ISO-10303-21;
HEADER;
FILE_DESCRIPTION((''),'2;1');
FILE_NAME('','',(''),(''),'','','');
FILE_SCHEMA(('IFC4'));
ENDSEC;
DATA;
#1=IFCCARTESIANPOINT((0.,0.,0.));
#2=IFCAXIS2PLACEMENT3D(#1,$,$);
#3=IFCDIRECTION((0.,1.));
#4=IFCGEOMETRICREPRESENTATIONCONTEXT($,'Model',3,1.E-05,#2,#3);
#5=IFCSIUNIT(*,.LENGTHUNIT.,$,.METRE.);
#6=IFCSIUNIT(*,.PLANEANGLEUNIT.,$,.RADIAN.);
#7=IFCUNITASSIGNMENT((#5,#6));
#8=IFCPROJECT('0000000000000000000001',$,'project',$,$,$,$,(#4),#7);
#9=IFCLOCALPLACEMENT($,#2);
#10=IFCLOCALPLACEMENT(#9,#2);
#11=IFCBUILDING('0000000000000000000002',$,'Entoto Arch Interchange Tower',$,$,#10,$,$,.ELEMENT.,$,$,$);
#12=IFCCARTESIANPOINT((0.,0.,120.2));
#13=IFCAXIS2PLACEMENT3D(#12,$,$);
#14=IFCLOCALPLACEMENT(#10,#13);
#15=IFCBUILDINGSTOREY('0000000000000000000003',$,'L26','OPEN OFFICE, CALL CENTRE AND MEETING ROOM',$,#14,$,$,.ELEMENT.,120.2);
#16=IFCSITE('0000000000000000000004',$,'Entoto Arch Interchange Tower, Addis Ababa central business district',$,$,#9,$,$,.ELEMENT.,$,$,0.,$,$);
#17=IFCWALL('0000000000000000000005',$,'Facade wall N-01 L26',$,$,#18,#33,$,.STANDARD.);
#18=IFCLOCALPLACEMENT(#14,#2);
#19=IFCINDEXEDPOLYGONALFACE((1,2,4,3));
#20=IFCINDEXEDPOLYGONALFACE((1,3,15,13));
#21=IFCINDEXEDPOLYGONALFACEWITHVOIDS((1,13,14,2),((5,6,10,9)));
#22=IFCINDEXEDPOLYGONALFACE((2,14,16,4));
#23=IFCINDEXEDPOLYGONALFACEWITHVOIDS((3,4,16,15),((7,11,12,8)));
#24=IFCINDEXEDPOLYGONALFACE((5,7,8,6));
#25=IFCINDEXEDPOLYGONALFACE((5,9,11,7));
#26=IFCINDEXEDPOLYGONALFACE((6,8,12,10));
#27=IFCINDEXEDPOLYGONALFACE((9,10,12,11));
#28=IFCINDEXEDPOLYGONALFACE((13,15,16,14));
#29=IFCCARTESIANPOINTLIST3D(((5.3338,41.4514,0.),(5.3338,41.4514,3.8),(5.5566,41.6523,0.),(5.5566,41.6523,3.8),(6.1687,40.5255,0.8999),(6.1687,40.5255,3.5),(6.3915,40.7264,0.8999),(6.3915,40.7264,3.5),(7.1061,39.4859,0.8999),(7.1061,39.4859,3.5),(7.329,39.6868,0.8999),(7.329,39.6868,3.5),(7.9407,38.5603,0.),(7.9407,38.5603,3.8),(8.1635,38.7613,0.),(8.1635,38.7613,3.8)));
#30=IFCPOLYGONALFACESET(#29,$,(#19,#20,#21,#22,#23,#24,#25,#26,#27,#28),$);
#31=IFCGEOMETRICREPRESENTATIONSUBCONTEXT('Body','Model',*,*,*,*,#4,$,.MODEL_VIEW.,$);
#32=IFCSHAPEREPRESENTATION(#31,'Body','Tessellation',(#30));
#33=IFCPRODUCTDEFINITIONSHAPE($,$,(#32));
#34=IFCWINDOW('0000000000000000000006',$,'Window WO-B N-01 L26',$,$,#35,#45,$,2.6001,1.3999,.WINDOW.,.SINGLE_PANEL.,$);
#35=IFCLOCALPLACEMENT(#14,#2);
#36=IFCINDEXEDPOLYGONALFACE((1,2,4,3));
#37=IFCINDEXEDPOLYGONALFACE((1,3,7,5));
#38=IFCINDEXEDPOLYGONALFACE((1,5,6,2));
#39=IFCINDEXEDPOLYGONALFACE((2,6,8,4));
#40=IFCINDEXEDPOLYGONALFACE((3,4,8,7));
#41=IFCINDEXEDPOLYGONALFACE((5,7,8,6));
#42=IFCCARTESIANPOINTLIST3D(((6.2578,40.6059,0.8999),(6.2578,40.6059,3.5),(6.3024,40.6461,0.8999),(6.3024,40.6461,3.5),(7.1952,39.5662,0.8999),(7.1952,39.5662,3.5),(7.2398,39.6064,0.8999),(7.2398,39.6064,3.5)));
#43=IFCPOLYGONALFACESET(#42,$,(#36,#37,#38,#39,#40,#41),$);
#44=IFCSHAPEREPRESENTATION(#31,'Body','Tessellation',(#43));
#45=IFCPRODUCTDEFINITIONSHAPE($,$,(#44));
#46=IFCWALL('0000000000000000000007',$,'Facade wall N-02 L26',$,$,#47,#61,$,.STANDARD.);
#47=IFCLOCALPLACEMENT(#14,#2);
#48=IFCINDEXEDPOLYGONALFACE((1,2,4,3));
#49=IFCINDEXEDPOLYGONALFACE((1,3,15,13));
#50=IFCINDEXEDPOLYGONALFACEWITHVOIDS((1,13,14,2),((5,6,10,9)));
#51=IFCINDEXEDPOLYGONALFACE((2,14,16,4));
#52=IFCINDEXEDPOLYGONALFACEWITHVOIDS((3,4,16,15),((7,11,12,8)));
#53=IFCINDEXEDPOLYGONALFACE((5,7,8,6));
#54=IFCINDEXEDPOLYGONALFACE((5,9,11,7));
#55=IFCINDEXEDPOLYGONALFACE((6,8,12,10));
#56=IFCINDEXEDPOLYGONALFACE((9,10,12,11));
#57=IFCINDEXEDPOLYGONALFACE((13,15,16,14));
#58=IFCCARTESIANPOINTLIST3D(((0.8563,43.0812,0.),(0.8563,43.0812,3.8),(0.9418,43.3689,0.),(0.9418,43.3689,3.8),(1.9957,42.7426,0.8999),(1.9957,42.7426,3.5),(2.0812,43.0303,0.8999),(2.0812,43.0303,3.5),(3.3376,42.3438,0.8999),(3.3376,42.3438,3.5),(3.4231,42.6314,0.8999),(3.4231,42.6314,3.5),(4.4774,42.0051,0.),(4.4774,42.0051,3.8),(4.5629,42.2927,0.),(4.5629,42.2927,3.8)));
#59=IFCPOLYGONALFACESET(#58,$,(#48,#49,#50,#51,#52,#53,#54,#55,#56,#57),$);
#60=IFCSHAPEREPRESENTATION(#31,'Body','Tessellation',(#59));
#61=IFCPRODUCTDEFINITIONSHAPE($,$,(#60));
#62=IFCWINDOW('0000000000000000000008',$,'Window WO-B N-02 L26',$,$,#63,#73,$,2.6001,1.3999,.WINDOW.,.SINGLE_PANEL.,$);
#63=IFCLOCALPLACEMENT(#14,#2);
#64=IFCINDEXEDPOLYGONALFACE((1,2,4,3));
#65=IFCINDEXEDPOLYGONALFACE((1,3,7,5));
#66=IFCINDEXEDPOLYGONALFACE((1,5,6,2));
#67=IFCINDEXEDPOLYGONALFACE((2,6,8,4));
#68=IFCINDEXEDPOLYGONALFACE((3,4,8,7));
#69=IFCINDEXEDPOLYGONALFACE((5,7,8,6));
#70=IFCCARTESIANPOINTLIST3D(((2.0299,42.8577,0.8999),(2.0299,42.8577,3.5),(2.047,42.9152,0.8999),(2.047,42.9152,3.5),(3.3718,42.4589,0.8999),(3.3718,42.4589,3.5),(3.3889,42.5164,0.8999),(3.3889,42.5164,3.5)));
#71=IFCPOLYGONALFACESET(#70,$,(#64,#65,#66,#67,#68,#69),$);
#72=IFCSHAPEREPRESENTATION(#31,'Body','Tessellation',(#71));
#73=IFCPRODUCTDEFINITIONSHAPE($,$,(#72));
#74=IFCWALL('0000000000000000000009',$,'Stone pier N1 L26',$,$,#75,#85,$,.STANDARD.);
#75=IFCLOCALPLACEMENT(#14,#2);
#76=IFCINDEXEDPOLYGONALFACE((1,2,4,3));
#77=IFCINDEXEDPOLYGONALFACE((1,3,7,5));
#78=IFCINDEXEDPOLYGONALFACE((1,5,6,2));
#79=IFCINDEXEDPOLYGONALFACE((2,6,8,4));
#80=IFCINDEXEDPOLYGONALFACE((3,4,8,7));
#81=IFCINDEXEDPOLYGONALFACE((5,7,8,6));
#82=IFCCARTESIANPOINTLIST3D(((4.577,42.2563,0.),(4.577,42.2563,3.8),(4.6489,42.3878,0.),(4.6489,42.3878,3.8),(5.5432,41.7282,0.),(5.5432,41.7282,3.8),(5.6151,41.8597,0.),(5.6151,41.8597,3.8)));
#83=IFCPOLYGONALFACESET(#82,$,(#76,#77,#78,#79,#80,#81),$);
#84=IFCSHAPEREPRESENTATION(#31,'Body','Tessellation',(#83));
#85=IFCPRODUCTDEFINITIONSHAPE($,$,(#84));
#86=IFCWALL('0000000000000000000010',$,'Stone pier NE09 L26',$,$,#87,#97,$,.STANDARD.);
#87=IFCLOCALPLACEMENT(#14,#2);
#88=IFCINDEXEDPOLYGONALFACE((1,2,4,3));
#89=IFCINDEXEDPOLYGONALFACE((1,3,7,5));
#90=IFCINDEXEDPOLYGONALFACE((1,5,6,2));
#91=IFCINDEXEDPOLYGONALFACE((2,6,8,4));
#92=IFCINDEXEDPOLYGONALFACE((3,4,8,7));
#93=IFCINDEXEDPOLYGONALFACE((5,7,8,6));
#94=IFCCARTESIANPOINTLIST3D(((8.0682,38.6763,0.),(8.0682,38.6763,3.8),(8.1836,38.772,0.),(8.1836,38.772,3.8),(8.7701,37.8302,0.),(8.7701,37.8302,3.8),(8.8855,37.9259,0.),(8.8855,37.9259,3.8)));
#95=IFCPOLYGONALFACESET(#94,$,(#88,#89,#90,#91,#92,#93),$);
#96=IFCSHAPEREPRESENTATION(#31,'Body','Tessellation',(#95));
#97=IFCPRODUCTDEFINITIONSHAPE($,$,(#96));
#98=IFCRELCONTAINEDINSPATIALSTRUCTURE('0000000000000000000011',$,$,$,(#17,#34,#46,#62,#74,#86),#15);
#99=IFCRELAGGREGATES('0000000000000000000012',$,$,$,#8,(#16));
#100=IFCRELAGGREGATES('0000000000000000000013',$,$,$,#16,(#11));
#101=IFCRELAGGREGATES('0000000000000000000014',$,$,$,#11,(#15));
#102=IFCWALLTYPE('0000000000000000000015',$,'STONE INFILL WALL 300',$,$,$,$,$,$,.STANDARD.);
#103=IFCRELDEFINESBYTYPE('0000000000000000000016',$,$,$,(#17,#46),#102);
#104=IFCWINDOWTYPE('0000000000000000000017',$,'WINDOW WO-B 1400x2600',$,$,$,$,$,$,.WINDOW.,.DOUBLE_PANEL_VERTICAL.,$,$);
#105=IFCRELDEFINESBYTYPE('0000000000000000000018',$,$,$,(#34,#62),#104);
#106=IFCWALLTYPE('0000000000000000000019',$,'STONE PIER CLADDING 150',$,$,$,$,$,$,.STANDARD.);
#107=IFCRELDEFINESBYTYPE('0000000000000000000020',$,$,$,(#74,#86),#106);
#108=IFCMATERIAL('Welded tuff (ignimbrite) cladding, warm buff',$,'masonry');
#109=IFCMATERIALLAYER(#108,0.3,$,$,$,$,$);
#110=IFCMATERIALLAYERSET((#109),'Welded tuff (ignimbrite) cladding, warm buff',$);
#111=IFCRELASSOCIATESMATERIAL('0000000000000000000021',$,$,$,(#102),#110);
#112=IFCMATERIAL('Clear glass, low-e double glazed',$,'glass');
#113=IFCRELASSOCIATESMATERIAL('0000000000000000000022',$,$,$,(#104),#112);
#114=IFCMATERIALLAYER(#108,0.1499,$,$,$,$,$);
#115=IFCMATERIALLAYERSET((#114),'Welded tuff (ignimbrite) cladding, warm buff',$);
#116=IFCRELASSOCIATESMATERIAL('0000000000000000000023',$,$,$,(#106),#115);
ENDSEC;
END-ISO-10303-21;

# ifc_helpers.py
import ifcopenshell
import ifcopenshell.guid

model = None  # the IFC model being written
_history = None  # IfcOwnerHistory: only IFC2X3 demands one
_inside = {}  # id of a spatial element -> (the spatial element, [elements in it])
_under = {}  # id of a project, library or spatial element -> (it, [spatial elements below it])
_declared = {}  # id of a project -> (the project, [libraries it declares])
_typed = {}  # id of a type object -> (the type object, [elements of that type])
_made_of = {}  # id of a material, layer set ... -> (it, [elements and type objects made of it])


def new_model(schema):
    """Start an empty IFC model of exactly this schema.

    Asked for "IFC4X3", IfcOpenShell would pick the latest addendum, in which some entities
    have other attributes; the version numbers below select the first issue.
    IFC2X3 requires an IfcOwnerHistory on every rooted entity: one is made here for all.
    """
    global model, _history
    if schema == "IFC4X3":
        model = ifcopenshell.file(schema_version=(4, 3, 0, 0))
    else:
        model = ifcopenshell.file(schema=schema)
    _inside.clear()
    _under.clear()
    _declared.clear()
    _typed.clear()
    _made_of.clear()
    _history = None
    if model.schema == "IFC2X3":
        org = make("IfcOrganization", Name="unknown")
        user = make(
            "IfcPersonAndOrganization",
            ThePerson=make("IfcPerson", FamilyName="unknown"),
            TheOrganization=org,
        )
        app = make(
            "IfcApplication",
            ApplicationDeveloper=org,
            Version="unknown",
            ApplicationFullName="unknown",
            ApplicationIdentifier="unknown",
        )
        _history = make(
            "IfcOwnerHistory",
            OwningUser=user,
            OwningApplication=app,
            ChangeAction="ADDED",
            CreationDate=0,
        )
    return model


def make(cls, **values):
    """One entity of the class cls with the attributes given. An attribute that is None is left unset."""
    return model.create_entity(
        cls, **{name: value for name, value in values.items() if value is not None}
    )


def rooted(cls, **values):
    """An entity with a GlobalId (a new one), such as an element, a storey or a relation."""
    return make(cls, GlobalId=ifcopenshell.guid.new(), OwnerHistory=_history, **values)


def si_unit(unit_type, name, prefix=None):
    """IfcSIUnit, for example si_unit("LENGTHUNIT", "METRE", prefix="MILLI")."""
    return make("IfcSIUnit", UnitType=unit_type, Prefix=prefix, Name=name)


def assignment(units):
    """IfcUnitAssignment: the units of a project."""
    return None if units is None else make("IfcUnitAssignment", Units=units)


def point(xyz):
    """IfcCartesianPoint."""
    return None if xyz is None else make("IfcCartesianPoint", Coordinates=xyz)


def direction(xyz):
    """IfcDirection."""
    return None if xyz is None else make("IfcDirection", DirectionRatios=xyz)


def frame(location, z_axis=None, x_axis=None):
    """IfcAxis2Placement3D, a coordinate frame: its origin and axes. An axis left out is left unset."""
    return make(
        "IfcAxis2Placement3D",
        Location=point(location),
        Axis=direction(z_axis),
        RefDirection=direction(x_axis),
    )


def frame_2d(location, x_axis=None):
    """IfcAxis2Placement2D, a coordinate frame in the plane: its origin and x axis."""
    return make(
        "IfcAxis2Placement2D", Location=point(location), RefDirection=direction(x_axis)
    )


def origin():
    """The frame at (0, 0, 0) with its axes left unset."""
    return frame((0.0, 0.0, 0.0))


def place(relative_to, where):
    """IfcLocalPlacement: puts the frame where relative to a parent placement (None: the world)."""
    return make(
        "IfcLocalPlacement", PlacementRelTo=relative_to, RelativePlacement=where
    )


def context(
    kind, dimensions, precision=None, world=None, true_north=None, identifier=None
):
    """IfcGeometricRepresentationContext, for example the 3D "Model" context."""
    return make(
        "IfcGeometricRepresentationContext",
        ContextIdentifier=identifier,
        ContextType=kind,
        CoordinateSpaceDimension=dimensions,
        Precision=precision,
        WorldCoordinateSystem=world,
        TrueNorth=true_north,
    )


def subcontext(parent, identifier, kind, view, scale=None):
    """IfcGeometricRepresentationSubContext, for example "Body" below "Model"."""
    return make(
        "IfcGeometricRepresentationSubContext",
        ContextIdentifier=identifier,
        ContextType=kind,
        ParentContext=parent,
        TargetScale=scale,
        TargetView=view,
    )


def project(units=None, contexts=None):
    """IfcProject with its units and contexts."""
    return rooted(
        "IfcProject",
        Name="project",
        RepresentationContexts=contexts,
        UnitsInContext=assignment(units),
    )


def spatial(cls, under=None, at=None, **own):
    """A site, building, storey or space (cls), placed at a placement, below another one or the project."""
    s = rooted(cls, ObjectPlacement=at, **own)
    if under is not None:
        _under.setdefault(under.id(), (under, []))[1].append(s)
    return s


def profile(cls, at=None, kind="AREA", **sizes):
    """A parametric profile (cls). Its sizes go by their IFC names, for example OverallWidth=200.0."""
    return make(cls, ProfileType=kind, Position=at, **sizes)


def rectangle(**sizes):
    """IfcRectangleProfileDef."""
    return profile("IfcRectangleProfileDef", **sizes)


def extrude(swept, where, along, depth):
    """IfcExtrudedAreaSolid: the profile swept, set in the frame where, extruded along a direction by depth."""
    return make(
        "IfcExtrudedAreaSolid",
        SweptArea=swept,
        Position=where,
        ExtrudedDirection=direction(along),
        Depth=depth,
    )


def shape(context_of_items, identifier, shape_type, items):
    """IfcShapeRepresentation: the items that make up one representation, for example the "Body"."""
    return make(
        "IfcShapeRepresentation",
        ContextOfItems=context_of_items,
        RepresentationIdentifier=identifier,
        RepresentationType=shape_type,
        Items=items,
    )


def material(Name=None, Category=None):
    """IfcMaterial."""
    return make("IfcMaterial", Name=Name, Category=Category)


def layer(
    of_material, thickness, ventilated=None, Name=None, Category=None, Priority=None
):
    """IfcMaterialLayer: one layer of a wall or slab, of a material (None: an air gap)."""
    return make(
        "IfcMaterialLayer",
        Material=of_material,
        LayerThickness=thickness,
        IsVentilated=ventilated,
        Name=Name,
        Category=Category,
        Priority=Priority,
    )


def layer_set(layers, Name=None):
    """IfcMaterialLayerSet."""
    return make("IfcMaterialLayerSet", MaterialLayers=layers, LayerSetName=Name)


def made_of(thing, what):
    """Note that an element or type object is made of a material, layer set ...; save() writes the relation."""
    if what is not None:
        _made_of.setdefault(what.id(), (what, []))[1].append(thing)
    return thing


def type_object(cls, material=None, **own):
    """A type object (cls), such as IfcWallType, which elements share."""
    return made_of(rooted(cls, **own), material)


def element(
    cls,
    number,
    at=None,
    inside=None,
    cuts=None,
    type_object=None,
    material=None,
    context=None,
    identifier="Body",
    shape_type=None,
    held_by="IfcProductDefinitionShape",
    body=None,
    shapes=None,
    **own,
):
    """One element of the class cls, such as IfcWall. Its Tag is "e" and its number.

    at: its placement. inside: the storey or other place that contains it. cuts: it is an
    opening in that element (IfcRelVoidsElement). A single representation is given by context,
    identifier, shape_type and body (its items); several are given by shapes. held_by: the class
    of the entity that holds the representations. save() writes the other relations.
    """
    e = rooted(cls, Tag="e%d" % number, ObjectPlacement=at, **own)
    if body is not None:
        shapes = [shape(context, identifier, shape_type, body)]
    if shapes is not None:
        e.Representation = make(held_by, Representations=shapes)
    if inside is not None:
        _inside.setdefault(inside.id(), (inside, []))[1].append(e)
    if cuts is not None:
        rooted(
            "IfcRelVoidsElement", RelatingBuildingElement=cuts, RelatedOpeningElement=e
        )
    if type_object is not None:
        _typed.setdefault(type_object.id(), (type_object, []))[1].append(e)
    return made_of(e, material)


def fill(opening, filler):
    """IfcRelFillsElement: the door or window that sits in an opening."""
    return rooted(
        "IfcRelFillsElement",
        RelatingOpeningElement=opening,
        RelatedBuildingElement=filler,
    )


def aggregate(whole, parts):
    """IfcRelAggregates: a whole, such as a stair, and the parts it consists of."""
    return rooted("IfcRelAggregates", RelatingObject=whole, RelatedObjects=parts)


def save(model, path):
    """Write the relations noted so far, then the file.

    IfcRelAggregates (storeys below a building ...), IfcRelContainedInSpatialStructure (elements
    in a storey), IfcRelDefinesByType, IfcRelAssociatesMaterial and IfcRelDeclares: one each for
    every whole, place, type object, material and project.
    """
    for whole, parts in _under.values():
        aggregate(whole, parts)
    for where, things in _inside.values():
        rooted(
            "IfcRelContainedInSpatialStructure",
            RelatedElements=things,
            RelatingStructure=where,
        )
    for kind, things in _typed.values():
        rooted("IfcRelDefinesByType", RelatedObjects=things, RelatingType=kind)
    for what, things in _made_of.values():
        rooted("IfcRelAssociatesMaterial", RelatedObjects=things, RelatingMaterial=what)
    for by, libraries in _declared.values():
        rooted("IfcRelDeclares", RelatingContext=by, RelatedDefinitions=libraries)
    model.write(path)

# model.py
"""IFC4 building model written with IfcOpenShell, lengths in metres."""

from ifc_helpers import new_model, si_unit, direction, frame, frame_2d, origin, place, context, subcontext, project, spatial, rectangle, extrude, material, layer, layer_set, type_object, element, fill, save


model = new_model("IFC4")

# Units and contexts
model_context = context("Model", 3, precision=1e-05, world=origin(), true_north=direction((0.0, 1.0)))
body_context = subcontext(model_context, "Body", "Model", "MODEL_VIEW")
ifc_project = project(units=[si_unit("LENGTHUNIT", "METRE"), si_unit("PLANEANGLEUNIT", "RADIAN")], contexts=[model_context])

# Site, building, storey
site_placement = place(None, origin())
site = spatial("IfcSite", under=ifc_project, at=site_placement, Name="Entoto Arch Interchange Tower, Addis Ababa central business district", CompositionType="ELEMENT", RefElevation=0.0)
building_placement = place(site_placement, origin())
building = spatial("IfcBuilding", under=site, at=building_placement, Name="Entoto Arch Interchange Tower", CompositionType="ELEMENT")
storey_placement = place(building_placement, frame((0.0, 0.0, 120.2)))
storey = spatial("IfcBuildingStorey", under=building, at=storey_placement, Name="L26", Description="OPEN OFFICE, CALL CENTRE AND MEETING ROOM", CompositionType="ELEMENT", Elevation=120.2)

# Shared definitions
ifc_material_1 = material(Name="Welded tuff (ignimbrite) cladding, warm buff", Category="masonry")
ifc_layer_1 = layer(ifc_material_1, 0.3)
ifc_layer_set_1 = layer_set([ifc_layer_1], Name="Welded tuff (ignimbrite) cladding, warm buff")
wall_type_1 = type_object("IfcWallType", Name="STONE INFILL WALL 300", PredefinedType="STANDARD", material=ifc_layer_set_1)
ifc_material_2 = material(Name="Clear glass, low-e double glazed", Category="glass")

# Walls, openings, windows
wall_1_placement = place(storey_placement, frame((8.052, 38.6609, 0.0), z_axis=(0.0, 0.0, 1.0), x_axis=(-0.669664, 0.742664, 0.0)))
wall_1 = element("IfcWall", 1, at=wall_1_placement, inside=storey, type_object=wall_type_1, Name="Facade wall N-01 L26", PredefinedType="STANDARD", context=body_context, shape_type="SweptSolid", body=[
    extrude(rectangle(XDim=3.8928, YDim=0.3, at=frame_2d((1.9463, 0.0))), origin(), (0.0, 0.0, 1.0), 3.8),
])
opening_1_placement = place(wall_1_placement, frame((1.2461, 0.0, 0.8999)))
opening_1 = element("IfcOpeningElement", 2, at=opening_1_placement, cuts=wall_1, PredefinedType="OPENING", context=body_context, shape_type="SweptSolid", body=[
    extrude(rectangle(XDim=1.3999, YDim=2.6001, at=frame_2d((0.7, 1.3))), frame((0.0, 0.1602, 0.0), z_axis=(0.0, -1.0, 0.0), x_axis=(1.0, 0.0, 0.0)), (0.0, 0.0, 1.0), 0.3201),
])
window_type_1 = type_object("IfcWindowType", Name="WINDOW WO-B 1400x2600", PartitioningType="DOUBLE_PANEL_VERTICAL", PredefinedType="WINDOW", material=ifc_material_2)
window_1_placement = place(opening_1_placement, origin())
window_1 = element("IfcWindow", 3, at=window_1_placement, inside=storey, type_object=window_type_1, Name="Window WO-B N-01 L26", OverallHeight=2.6001, OverallWidth=1.3999, PartitioningType="SINGLE_PANEL", PredefinedType="WINDOW", context=body_context, shape_type="SweptSolid", body=[
    extrude(rectangle(XDim=1.3999, YDim=2.6001, at=frame_2d((0.7, 1.3))), frame((0.0, 0.03, 0.0), z_axis=(0.0, -1.0, 0.0), x_axis=(1.0, 0.0, 0.0)), (0.0, 0.0, 1.0), 0.0601),
])
fill(opening_1, window_1)
wall_2_placement = place(storey_placement, frame((4.52, 42.1489, 0.0), z_axis=(0.0, 0.0, 1.0), x_axis=(-0.958563, 0.28488, 0.0)))
wall_2 = element("IfcWall", 4, at=wall_2_placement, inside=storey, type_object=wall_type_1, Name="Facade wall N-02 L26", PredefinedType="STANDARD", context=body_context, shape_type="SweptSolid", body=[
    extrude(rectangle(XDim=3.7776, YDim=0.3, at=frame_2d((1.8887, 0.0))), origin(), (0.0, 0.0, 1.0), 3.8),
])
opening_2_placement = place(wall_2_placement, frame((1.189, 0.0, 0.8999)))
opening_2 = element("IfcOpeningElement", 5, at=opening_2_placement, cuts=wall_2, PredefinedType="OPENING", context=body_context, shape_type="SweptSolid", body=[
    extrude(rectangle(XDim=1.3999, YDim=2.6001, at=frame_2d((0.7, 1.3))), frame((0.0, 0.1602, 0.0), z_axis=(0.0, -1.0, 0.0), x_axis=(1.0, 0.0, 0.0)), (0.0, 0.0, 1.0), 0.3201),
])
window_2_placement = place(opening_2_placement, origin())
window_2 = element("IfcWindow", 6, at=window_2_placement, inside=storey, type_object=window_type_1, Name="Window WO-B N-02 L26", OverallHeight=2.6001, OverallWidth=1.3999, PartitioningType="SINGLE_PANEL", PredefinedType="WINDOW", context=body_context, shape_type="SweptSolid", body=[
    extrude(rectangle(XDim=1.3999, YDim=2.6001, at=frame_2d((0.7, 1.3))), frame((0.0, 0.03, 0.0), z_axis=(0.0, -1.0, 0.0), x_axis=(1.0, 0.0, 0.0)), (0.0, 0.0, 1.0), 0.0601),
])
fill(opening_2, window_2)

# Walls
ifc_layer_2 = layer(ifc_material_1, 0.1499)
ifc_layer_set_2 = layer_set([ifc_layer_2], Name="Welded tuff (ignimbrite) cladding, warm buff")
wall_type_2 = type_object("IfcWallType", Name="STONE PIER CLADDING 150", PredefinedType="STANDARD", material=ifc_layer_set_2)
wall_3_placement = place(storey_placement, frame((5.5791, 41.7939, 0.0), z_axis=(0.0, 0.0, 1.0), x_axis=(-0.877463, 0.479644, 0.0)))
element("IfcWall", 7, at=wall_3_placement, inside=storey, type_object=wall_type_2, Name="Stone pier N1 L26", PredefinedType="STANDARD", context=body_context, shape_type="SweptSolid", body=[
    extrude(rectangle(XDim=1.1011, YDim=0.1499, at=frame_2d((0.5505, 0.0))), origin(), (0.0, 0.0, 1.0), 3.8),
])
wall_4_placement = place(storey_placement, frame((8.8279, 37.8779, 0.0), z_axis=(0.0, 0.0, 1.0), x_axis=(-0.638435, 0.769675, 0.0)))
element("IfcWall", 8, at=wall_4_placement, inside=storey, type_object=wall_type_2, Name="Stone pier NE09 L26", PredefinedType="STANDARD", context=body_context, shape_type="SweptSolid", body=[
    extrude(rectangle(XDim=1.0994, YDim=0.1499, at=frame_2d((0.5498, 0.0))), origin(), (0.0, 0.0, 1.0), 3.8),
])

save(model, "model.ifc")
